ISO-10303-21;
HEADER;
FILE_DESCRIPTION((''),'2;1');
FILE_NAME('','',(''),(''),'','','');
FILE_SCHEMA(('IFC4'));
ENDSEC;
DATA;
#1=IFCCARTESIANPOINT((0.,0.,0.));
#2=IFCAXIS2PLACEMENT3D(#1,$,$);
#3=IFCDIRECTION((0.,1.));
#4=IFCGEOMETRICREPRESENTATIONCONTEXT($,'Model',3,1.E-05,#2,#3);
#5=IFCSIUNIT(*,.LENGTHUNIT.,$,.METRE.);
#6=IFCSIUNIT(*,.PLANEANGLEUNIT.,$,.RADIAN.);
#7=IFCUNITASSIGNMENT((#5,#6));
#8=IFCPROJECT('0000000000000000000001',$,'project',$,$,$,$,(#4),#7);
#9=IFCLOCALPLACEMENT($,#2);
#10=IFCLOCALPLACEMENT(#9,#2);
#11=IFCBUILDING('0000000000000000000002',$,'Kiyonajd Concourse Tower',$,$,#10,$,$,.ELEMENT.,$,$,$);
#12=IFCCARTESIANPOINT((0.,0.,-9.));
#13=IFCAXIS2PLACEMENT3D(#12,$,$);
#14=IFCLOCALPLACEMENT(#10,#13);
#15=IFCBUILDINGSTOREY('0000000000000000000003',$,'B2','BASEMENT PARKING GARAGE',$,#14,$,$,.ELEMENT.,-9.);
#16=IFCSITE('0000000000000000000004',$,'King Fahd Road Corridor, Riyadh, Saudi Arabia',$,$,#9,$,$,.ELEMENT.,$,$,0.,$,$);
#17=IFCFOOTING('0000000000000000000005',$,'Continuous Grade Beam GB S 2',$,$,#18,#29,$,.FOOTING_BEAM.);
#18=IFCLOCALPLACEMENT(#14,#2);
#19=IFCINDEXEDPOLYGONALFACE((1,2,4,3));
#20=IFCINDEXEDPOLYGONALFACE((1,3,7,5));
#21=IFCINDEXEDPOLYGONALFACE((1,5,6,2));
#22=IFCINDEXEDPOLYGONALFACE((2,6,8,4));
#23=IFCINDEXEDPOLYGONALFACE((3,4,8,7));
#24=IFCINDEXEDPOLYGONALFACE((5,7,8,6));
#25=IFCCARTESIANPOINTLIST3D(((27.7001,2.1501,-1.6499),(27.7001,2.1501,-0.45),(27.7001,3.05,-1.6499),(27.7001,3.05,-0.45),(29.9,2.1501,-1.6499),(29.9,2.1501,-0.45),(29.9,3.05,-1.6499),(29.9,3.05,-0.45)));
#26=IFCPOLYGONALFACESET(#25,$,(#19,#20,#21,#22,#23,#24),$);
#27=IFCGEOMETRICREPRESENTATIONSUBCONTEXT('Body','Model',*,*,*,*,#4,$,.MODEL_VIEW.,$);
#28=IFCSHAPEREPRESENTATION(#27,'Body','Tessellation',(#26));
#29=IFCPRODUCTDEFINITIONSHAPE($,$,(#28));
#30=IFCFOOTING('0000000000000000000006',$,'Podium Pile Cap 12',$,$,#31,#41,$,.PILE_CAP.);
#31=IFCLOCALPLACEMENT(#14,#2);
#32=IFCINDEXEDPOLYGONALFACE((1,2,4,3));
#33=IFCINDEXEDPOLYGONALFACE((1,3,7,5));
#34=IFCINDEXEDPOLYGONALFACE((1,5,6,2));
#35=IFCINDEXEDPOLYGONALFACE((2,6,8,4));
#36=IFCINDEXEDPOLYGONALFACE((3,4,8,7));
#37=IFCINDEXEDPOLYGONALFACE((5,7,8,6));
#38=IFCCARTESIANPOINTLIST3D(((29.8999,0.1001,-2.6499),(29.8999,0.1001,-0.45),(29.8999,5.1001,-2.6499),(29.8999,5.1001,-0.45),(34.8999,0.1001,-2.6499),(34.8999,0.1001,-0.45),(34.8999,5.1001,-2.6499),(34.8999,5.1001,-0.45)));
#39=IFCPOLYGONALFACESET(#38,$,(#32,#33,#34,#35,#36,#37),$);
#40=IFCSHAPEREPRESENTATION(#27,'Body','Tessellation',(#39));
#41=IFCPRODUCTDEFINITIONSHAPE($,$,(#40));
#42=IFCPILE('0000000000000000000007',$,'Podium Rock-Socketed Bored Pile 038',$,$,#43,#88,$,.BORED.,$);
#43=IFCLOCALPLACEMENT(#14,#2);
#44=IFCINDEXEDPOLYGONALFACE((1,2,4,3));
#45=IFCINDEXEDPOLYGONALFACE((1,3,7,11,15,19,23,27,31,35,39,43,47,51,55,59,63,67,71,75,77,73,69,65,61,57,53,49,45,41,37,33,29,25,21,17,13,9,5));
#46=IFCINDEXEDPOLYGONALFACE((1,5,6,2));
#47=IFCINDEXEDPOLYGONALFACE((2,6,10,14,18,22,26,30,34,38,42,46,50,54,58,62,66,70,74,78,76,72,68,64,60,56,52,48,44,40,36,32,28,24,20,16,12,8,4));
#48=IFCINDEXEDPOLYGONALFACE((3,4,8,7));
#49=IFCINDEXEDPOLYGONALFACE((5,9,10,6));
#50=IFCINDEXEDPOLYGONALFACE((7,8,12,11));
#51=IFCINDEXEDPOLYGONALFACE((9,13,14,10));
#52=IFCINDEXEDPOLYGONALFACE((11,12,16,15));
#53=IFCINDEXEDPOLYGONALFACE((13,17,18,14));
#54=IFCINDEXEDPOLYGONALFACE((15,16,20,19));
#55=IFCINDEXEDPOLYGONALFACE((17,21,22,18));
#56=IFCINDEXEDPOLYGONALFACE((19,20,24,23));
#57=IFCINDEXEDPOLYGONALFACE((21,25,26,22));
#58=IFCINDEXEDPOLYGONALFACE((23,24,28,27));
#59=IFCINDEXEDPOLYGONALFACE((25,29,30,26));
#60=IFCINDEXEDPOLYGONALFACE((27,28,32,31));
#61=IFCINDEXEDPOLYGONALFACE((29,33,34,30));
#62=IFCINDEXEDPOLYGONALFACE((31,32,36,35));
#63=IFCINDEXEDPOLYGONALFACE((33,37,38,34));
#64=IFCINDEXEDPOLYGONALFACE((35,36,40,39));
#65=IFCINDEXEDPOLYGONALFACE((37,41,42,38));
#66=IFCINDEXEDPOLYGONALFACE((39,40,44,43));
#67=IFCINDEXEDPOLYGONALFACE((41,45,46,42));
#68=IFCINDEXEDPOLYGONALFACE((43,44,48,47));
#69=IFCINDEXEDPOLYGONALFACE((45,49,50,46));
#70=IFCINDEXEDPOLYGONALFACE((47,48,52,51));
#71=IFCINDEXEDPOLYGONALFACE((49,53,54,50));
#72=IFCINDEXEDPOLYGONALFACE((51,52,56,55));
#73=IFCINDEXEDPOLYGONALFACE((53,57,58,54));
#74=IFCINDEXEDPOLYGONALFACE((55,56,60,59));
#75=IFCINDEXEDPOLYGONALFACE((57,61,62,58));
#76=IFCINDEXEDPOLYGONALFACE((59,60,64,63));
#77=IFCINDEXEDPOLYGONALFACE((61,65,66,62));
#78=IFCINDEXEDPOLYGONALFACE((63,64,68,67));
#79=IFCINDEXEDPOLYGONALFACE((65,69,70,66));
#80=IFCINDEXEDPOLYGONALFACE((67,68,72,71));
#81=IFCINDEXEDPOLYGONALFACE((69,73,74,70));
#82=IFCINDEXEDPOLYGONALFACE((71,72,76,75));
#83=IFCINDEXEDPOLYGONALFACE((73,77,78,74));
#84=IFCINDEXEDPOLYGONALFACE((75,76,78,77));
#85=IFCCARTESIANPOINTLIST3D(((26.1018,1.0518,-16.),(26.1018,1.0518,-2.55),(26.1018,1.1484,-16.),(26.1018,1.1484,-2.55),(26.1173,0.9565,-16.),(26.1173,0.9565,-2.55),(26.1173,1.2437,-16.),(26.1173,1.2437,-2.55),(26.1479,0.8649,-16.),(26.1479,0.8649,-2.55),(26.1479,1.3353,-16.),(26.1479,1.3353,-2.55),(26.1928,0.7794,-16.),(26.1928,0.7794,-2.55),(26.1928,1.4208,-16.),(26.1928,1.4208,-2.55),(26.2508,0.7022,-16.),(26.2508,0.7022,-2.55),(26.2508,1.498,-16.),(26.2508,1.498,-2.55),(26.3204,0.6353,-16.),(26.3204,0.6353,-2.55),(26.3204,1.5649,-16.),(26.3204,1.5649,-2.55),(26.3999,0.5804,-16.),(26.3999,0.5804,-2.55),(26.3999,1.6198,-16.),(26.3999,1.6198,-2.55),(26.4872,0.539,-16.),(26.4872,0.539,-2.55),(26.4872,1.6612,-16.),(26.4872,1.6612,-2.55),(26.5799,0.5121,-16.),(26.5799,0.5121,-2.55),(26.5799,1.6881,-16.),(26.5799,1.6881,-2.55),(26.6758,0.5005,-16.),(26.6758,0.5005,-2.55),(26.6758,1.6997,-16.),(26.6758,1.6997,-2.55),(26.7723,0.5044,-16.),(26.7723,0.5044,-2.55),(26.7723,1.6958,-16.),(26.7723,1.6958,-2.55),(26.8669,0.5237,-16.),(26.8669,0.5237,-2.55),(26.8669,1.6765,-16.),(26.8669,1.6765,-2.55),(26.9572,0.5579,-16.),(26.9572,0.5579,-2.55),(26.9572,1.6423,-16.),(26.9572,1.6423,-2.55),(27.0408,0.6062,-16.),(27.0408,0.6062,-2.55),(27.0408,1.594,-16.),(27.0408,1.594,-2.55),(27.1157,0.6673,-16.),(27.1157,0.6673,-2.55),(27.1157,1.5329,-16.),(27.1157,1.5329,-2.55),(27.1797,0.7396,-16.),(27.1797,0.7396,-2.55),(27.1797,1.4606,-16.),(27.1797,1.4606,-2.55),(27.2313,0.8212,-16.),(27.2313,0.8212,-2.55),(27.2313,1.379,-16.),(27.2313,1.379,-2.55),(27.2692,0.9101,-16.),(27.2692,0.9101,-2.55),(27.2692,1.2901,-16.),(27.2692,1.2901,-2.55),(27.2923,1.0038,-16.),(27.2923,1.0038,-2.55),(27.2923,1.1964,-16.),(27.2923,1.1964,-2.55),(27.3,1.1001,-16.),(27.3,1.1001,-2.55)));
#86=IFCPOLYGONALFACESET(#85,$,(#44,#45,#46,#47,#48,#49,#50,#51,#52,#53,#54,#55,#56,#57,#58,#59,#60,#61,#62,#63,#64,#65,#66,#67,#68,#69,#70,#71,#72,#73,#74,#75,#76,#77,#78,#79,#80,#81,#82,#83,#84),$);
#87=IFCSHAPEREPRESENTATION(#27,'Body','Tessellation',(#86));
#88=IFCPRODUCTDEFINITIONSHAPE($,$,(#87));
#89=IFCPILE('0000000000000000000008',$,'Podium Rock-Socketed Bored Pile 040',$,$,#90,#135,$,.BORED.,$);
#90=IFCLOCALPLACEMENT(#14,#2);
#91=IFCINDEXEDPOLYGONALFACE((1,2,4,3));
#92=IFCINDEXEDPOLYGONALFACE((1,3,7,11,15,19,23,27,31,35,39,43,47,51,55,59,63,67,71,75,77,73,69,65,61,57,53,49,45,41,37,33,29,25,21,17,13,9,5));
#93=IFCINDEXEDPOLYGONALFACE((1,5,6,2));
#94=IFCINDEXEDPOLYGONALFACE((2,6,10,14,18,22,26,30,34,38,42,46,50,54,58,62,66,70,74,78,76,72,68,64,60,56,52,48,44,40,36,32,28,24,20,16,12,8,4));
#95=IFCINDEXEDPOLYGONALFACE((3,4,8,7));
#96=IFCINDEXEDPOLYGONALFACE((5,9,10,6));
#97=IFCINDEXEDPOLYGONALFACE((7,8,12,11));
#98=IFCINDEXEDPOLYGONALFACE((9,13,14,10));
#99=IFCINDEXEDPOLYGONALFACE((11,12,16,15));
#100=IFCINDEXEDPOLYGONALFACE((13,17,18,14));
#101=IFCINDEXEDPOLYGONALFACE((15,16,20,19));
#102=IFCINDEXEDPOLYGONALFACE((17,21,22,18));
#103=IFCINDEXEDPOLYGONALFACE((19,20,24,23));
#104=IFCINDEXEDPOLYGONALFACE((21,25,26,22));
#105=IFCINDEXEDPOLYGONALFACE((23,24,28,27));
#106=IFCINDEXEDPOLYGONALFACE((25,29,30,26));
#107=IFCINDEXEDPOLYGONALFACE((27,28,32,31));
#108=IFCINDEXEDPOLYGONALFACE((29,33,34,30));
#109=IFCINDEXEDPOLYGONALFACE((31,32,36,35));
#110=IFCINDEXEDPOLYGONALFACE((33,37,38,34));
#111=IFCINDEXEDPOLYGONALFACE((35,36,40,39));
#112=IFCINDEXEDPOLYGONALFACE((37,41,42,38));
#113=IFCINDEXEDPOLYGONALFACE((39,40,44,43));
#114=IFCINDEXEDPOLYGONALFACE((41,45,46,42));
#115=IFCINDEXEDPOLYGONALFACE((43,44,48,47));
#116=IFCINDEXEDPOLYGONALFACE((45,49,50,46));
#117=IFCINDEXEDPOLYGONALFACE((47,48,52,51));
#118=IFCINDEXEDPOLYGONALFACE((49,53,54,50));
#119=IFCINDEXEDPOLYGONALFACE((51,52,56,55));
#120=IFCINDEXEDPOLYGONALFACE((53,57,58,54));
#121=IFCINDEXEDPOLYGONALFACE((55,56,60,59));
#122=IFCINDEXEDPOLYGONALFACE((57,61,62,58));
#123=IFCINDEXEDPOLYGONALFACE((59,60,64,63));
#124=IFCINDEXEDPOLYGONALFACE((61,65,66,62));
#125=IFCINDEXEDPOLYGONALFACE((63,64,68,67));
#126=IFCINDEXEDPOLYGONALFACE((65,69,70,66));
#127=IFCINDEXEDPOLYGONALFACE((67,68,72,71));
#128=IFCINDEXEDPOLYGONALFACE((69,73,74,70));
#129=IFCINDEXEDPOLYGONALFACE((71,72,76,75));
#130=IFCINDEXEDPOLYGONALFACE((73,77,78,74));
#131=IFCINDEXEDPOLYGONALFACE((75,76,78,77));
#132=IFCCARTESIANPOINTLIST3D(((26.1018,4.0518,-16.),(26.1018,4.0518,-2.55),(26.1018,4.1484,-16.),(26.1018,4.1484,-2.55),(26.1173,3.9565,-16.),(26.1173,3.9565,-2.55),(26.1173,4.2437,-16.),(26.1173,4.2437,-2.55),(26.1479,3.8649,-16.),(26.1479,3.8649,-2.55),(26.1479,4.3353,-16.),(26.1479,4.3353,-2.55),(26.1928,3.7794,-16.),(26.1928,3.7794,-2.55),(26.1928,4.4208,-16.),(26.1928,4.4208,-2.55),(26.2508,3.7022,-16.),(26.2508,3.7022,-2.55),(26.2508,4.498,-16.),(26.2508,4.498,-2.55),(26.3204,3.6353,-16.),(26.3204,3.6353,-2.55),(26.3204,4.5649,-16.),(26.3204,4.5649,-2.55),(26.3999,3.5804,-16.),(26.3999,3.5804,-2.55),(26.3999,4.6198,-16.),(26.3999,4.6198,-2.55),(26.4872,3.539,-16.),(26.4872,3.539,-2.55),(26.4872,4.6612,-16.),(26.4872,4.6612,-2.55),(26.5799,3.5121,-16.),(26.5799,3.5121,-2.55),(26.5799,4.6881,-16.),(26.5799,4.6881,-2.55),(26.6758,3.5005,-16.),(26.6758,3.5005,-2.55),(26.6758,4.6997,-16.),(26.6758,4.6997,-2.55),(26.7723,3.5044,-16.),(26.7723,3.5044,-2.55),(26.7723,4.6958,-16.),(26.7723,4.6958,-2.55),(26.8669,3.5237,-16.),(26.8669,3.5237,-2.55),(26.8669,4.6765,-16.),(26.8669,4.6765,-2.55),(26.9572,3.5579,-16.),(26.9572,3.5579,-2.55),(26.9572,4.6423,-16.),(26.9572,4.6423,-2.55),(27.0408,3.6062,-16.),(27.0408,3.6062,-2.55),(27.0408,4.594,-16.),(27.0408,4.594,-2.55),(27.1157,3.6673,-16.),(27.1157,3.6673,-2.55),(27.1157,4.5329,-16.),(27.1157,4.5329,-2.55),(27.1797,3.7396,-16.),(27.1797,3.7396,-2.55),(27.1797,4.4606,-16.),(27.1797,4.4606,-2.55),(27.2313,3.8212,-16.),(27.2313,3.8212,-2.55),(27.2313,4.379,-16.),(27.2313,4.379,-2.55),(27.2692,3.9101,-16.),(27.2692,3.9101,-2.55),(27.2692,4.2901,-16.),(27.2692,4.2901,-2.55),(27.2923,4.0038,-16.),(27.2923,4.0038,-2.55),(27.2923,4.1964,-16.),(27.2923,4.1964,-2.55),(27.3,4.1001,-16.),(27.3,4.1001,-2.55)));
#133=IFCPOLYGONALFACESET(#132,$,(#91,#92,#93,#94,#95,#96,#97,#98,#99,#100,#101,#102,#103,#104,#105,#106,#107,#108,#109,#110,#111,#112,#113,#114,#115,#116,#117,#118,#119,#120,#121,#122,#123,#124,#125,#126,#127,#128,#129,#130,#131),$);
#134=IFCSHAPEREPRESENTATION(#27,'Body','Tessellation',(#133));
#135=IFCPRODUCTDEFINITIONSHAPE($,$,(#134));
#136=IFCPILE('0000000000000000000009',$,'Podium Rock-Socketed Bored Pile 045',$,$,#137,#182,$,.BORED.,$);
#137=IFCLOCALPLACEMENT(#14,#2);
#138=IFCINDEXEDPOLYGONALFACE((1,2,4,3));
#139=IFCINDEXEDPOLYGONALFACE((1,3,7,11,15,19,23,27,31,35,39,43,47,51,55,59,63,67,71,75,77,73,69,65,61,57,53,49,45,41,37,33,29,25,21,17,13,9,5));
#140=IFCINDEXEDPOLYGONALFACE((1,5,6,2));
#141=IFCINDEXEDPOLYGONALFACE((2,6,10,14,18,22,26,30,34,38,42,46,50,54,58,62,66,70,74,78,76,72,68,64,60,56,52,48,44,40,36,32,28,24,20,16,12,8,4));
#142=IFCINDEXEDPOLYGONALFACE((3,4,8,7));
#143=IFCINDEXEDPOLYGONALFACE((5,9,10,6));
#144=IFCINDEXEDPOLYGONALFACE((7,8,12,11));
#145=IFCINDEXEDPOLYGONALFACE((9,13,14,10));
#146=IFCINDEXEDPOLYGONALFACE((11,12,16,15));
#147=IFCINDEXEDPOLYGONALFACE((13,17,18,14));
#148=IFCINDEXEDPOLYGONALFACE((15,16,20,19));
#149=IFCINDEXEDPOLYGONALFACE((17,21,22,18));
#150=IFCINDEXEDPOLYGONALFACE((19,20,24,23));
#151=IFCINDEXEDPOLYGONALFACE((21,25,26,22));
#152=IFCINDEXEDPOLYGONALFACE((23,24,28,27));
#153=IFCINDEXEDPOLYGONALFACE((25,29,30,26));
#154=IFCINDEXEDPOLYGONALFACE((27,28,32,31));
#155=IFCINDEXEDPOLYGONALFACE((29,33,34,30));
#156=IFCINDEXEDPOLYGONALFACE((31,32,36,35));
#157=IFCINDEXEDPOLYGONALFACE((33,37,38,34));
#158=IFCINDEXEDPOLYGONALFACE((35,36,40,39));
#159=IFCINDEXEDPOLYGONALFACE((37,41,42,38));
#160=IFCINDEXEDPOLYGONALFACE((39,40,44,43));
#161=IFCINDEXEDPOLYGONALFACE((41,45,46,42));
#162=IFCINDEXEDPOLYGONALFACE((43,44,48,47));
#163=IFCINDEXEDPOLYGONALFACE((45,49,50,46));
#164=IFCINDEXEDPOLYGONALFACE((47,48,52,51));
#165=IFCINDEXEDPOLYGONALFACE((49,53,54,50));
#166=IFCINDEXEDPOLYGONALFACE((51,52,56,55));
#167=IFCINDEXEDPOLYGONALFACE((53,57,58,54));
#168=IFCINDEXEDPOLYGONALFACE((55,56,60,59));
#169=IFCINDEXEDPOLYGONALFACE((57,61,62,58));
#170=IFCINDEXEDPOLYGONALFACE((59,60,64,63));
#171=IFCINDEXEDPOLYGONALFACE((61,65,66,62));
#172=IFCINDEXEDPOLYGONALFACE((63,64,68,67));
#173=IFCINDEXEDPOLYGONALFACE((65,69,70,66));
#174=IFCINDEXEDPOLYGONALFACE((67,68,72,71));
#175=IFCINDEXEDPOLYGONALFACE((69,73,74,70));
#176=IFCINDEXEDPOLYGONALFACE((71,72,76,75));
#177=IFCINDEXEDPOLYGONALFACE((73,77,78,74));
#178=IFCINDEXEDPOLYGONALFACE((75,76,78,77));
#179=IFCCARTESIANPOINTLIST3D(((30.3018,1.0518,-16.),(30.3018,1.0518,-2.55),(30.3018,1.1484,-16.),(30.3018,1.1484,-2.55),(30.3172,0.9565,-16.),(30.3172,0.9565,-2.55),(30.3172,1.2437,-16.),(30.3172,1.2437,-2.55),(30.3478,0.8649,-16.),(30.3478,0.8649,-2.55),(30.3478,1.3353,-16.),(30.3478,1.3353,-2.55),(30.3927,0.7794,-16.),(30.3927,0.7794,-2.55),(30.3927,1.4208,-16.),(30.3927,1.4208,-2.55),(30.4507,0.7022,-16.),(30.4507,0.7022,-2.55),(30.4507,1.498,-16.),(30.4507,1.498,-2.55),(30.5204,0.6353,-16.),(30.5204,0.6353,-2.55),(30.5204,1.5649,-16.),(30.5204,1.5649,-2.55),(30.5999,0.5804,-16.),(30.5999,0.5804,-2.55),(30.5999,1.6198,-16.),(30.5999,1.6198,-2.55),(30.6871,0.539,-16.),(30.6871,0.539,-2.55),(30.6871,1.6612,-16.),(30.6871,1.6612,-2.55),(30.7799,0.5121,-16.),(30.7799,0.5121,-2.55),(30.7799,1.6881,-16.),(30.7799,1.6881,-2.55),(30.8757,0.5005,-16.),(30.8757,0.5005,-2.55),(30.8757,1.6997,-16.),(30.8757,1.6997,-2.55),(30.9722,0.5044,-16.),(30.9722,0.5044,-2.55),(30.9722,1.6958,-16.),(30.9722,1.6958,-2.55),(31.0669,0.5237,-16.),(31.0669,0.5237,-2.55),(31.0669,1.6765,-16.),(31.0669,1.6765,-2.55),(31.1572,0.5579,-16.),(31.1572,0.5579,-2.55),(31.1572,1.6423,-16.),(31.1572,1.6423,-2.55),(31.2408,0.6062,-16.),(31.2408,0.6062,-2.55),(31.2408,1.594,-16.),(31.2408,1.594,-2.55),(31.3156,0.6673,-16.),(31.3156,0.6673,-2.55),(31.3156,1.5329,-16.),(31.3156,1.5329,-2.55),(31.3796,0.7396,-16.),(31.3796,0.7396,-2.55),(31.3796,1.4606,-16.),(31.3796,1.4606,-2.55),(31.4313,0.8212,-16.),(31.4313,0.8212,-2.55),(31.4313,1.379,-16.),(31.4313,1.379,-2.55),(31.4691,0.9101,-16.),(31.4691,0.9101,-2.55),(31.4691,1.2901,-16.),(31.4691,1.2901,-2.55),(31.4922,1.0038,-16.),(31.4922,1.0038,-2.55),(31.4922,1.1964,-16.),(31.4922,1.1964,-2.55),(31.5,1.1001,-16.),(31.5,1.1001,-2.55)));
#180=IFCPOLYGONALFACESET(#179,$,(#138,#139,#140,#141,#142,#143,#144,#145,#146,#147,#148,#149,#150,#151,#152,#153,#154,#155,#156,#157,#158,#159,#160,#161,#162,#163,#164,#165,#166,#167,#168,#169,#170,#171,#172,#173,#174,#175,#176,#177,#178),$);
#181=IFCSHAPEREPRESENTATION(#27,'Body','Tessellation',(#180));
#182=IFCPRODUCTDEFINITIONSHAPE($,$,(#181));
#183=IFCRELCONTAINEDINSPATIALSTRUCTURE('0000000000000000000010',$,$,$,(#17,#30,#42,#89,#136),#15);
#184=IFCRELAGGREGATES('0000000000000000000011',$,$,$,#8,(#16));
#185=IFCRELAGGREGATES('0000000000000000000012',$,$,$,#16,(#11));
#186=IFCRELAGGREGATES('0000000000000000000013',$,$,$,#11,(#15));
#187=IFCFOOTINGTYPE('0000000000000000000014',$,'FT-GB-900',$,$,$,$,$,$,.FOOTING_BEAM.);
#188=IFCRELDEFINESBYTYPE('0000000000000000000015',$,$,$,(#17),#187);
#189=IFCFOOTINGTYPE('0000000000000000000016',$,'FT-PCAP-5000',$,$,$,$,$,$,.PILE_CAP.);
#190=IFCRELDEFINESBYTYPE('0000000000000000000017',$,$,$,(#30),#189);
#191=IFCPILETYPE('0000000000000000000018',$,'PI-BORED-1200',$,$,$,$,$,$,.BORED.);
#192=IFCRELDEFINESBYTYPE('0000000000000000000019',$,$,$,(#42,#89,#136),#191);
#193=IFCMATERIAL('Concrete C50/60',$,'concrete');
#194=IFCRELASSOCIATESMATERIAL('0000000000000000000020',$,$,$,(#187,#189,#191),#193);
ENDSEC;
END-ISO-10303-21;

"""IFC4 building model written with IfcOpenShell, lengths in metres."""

from ifc_helpers import new_model, si_unit, direction, frame, origin, origin_2d, place, context, subcontext, project, spatial, rectangle, circle, extrude, material, material_profile, profile_set, type_object, element, save


model = new_model("IFC4")

# Units and contexts
model_context = context("Model", 3, precision=1e-05, world=origin(), true_north=direction((0.0, 1.0)))
body_context = subcontext(model_context, "Body", "Model", "MODEL_VIEW")
ifc_project = project(units=[si_unit("LENGTHUNIT", "METRE"), si_unit("PLANEANGLEUNIT", "RADIAN")], contexts=[model_context])

# Site, building, storey
site_placement = place(None, origin())
site = spatial("IfcSite", under=ifc_project, at=site_placement, Name="King Fahd Road Corridor, Riyadh, Saudi Arabia", CompositionType="ELEMENT", RefElevation=0.0)
building_placement = place(site_placement, origin())
building = spatial("IfcBuilding", under=site, at=building_placement, Name="Kiyonajd Concourse Tower", CompositionType="ELEMENT")
storey_placement = place(building_placement, frame((0.0, 0.0, -9.0)))
storey = spatial("IfcBuildingStorey", under=building, at=storey_placement, Name="B2", Description="BASEMENT PARKING GARAGE", CompositionType="ELEMENT", Elevation=-9.0)

# Footings
ifc_material_1 = material(Name="Concrete C50/60", Category="concrete")
footing_type_1 = type_object("IfcFootingType", Name="FT-GB-900", PredefinedType="FOOTING_BEAM", material=ifc_material_1)
footing_1_placement = place(storey_placement, frame((28.8, 2.6001, -1.6499), z_axis=(0.0, 0.0, 1.0), x_axis=(1.0, 0.0, 0.0)))
element("IfcFooting", 1, at=footing_1_placement, inside=storey, type_object=footing_type_1, Name="Continuous Grade Beam GB S 2", PredefinedType="FOOTING_BEAM", context=body_context, shape_type="SweptSolid", body=[
    extrude(rectangle(XDim=2.2, YDim=0.8999, at=origin_2d()), origin(), (0.0, 0.0, 1.0), 1.2),
])
footing_type_2 = type_object("IfcFootingType", Name="FT-PCAP-5000", PredefinedType="PILE_CAP", material=ifc_material_1)
footing_2_placement = place(storey_placement, frame((32.3999, 2.6001, -2.6499), z_axis=(0.0, 0.0, 1.0), x_axis=(1.0, 0.0, 0.0)))
element("IfcFooting", 2, at=footing_2_placement, inside=storey, type_object=footing_type_2, Name="Podium Pile Cap 12", PredefinedType="PILE_CAP", context=body_context, shape_type="SweptSolid", body=[
    extrude(rectangle(XDim=5.0, YDim=5.0, at=origin_2d()), origin(), (0.0, 0.0, 1.0), 2.2),
])

# Piles
ifc_material_profile_1 = material_profile(ifc_material_1, circle(Radius=0.6001, at=origin_2d()), Name="PILE-D1200")
ifc_profile_set_1 = profile_set([ifc_material_profile_1], Name="Concrete C50/60")
pile_type_1 = type_object("IfcPileType", Name="PI-BORED-1200", PredefinedType="BORED", material=ifc_profile_set_1)
for number, where, z_axis, x_axis, name in (
    (3, (26.7, 1.1001, -2.55), (0.0, 0.0, -1.0), (1.0, 0.0, 0.0), "Podium Rock-Socketed Bored Pile 038"),
    (4, (26.7, 4.1001, -2.55), (0.0, 0.0, -1.0), (1.0, 0.0, 0.0), "Podium Rock-Socketed Bored Pile 040"),
    (5, (30.8999, 1.1001, -2.55), (0.0, 0.0, -1.0), (1.0, 0.0, 0.0), "Podium Rock-Socketed Bored Pile 045"),
):
    element("IfcPile", number, at=place(storey_placement, frame(where, z_axis=z_axis, x_axis=x_axis)), inside=storey, type_object=pile_type_1, Name=name, PredefinedType="BORED", context=body_context, shape_type="SweptSolid", body=[
        extrude(circle(Radius=0.6001, at=origin_2d()), origin(), (0.0, 0.0, 1.0), 13.45),
    ])

save(model, "model.ifc")
